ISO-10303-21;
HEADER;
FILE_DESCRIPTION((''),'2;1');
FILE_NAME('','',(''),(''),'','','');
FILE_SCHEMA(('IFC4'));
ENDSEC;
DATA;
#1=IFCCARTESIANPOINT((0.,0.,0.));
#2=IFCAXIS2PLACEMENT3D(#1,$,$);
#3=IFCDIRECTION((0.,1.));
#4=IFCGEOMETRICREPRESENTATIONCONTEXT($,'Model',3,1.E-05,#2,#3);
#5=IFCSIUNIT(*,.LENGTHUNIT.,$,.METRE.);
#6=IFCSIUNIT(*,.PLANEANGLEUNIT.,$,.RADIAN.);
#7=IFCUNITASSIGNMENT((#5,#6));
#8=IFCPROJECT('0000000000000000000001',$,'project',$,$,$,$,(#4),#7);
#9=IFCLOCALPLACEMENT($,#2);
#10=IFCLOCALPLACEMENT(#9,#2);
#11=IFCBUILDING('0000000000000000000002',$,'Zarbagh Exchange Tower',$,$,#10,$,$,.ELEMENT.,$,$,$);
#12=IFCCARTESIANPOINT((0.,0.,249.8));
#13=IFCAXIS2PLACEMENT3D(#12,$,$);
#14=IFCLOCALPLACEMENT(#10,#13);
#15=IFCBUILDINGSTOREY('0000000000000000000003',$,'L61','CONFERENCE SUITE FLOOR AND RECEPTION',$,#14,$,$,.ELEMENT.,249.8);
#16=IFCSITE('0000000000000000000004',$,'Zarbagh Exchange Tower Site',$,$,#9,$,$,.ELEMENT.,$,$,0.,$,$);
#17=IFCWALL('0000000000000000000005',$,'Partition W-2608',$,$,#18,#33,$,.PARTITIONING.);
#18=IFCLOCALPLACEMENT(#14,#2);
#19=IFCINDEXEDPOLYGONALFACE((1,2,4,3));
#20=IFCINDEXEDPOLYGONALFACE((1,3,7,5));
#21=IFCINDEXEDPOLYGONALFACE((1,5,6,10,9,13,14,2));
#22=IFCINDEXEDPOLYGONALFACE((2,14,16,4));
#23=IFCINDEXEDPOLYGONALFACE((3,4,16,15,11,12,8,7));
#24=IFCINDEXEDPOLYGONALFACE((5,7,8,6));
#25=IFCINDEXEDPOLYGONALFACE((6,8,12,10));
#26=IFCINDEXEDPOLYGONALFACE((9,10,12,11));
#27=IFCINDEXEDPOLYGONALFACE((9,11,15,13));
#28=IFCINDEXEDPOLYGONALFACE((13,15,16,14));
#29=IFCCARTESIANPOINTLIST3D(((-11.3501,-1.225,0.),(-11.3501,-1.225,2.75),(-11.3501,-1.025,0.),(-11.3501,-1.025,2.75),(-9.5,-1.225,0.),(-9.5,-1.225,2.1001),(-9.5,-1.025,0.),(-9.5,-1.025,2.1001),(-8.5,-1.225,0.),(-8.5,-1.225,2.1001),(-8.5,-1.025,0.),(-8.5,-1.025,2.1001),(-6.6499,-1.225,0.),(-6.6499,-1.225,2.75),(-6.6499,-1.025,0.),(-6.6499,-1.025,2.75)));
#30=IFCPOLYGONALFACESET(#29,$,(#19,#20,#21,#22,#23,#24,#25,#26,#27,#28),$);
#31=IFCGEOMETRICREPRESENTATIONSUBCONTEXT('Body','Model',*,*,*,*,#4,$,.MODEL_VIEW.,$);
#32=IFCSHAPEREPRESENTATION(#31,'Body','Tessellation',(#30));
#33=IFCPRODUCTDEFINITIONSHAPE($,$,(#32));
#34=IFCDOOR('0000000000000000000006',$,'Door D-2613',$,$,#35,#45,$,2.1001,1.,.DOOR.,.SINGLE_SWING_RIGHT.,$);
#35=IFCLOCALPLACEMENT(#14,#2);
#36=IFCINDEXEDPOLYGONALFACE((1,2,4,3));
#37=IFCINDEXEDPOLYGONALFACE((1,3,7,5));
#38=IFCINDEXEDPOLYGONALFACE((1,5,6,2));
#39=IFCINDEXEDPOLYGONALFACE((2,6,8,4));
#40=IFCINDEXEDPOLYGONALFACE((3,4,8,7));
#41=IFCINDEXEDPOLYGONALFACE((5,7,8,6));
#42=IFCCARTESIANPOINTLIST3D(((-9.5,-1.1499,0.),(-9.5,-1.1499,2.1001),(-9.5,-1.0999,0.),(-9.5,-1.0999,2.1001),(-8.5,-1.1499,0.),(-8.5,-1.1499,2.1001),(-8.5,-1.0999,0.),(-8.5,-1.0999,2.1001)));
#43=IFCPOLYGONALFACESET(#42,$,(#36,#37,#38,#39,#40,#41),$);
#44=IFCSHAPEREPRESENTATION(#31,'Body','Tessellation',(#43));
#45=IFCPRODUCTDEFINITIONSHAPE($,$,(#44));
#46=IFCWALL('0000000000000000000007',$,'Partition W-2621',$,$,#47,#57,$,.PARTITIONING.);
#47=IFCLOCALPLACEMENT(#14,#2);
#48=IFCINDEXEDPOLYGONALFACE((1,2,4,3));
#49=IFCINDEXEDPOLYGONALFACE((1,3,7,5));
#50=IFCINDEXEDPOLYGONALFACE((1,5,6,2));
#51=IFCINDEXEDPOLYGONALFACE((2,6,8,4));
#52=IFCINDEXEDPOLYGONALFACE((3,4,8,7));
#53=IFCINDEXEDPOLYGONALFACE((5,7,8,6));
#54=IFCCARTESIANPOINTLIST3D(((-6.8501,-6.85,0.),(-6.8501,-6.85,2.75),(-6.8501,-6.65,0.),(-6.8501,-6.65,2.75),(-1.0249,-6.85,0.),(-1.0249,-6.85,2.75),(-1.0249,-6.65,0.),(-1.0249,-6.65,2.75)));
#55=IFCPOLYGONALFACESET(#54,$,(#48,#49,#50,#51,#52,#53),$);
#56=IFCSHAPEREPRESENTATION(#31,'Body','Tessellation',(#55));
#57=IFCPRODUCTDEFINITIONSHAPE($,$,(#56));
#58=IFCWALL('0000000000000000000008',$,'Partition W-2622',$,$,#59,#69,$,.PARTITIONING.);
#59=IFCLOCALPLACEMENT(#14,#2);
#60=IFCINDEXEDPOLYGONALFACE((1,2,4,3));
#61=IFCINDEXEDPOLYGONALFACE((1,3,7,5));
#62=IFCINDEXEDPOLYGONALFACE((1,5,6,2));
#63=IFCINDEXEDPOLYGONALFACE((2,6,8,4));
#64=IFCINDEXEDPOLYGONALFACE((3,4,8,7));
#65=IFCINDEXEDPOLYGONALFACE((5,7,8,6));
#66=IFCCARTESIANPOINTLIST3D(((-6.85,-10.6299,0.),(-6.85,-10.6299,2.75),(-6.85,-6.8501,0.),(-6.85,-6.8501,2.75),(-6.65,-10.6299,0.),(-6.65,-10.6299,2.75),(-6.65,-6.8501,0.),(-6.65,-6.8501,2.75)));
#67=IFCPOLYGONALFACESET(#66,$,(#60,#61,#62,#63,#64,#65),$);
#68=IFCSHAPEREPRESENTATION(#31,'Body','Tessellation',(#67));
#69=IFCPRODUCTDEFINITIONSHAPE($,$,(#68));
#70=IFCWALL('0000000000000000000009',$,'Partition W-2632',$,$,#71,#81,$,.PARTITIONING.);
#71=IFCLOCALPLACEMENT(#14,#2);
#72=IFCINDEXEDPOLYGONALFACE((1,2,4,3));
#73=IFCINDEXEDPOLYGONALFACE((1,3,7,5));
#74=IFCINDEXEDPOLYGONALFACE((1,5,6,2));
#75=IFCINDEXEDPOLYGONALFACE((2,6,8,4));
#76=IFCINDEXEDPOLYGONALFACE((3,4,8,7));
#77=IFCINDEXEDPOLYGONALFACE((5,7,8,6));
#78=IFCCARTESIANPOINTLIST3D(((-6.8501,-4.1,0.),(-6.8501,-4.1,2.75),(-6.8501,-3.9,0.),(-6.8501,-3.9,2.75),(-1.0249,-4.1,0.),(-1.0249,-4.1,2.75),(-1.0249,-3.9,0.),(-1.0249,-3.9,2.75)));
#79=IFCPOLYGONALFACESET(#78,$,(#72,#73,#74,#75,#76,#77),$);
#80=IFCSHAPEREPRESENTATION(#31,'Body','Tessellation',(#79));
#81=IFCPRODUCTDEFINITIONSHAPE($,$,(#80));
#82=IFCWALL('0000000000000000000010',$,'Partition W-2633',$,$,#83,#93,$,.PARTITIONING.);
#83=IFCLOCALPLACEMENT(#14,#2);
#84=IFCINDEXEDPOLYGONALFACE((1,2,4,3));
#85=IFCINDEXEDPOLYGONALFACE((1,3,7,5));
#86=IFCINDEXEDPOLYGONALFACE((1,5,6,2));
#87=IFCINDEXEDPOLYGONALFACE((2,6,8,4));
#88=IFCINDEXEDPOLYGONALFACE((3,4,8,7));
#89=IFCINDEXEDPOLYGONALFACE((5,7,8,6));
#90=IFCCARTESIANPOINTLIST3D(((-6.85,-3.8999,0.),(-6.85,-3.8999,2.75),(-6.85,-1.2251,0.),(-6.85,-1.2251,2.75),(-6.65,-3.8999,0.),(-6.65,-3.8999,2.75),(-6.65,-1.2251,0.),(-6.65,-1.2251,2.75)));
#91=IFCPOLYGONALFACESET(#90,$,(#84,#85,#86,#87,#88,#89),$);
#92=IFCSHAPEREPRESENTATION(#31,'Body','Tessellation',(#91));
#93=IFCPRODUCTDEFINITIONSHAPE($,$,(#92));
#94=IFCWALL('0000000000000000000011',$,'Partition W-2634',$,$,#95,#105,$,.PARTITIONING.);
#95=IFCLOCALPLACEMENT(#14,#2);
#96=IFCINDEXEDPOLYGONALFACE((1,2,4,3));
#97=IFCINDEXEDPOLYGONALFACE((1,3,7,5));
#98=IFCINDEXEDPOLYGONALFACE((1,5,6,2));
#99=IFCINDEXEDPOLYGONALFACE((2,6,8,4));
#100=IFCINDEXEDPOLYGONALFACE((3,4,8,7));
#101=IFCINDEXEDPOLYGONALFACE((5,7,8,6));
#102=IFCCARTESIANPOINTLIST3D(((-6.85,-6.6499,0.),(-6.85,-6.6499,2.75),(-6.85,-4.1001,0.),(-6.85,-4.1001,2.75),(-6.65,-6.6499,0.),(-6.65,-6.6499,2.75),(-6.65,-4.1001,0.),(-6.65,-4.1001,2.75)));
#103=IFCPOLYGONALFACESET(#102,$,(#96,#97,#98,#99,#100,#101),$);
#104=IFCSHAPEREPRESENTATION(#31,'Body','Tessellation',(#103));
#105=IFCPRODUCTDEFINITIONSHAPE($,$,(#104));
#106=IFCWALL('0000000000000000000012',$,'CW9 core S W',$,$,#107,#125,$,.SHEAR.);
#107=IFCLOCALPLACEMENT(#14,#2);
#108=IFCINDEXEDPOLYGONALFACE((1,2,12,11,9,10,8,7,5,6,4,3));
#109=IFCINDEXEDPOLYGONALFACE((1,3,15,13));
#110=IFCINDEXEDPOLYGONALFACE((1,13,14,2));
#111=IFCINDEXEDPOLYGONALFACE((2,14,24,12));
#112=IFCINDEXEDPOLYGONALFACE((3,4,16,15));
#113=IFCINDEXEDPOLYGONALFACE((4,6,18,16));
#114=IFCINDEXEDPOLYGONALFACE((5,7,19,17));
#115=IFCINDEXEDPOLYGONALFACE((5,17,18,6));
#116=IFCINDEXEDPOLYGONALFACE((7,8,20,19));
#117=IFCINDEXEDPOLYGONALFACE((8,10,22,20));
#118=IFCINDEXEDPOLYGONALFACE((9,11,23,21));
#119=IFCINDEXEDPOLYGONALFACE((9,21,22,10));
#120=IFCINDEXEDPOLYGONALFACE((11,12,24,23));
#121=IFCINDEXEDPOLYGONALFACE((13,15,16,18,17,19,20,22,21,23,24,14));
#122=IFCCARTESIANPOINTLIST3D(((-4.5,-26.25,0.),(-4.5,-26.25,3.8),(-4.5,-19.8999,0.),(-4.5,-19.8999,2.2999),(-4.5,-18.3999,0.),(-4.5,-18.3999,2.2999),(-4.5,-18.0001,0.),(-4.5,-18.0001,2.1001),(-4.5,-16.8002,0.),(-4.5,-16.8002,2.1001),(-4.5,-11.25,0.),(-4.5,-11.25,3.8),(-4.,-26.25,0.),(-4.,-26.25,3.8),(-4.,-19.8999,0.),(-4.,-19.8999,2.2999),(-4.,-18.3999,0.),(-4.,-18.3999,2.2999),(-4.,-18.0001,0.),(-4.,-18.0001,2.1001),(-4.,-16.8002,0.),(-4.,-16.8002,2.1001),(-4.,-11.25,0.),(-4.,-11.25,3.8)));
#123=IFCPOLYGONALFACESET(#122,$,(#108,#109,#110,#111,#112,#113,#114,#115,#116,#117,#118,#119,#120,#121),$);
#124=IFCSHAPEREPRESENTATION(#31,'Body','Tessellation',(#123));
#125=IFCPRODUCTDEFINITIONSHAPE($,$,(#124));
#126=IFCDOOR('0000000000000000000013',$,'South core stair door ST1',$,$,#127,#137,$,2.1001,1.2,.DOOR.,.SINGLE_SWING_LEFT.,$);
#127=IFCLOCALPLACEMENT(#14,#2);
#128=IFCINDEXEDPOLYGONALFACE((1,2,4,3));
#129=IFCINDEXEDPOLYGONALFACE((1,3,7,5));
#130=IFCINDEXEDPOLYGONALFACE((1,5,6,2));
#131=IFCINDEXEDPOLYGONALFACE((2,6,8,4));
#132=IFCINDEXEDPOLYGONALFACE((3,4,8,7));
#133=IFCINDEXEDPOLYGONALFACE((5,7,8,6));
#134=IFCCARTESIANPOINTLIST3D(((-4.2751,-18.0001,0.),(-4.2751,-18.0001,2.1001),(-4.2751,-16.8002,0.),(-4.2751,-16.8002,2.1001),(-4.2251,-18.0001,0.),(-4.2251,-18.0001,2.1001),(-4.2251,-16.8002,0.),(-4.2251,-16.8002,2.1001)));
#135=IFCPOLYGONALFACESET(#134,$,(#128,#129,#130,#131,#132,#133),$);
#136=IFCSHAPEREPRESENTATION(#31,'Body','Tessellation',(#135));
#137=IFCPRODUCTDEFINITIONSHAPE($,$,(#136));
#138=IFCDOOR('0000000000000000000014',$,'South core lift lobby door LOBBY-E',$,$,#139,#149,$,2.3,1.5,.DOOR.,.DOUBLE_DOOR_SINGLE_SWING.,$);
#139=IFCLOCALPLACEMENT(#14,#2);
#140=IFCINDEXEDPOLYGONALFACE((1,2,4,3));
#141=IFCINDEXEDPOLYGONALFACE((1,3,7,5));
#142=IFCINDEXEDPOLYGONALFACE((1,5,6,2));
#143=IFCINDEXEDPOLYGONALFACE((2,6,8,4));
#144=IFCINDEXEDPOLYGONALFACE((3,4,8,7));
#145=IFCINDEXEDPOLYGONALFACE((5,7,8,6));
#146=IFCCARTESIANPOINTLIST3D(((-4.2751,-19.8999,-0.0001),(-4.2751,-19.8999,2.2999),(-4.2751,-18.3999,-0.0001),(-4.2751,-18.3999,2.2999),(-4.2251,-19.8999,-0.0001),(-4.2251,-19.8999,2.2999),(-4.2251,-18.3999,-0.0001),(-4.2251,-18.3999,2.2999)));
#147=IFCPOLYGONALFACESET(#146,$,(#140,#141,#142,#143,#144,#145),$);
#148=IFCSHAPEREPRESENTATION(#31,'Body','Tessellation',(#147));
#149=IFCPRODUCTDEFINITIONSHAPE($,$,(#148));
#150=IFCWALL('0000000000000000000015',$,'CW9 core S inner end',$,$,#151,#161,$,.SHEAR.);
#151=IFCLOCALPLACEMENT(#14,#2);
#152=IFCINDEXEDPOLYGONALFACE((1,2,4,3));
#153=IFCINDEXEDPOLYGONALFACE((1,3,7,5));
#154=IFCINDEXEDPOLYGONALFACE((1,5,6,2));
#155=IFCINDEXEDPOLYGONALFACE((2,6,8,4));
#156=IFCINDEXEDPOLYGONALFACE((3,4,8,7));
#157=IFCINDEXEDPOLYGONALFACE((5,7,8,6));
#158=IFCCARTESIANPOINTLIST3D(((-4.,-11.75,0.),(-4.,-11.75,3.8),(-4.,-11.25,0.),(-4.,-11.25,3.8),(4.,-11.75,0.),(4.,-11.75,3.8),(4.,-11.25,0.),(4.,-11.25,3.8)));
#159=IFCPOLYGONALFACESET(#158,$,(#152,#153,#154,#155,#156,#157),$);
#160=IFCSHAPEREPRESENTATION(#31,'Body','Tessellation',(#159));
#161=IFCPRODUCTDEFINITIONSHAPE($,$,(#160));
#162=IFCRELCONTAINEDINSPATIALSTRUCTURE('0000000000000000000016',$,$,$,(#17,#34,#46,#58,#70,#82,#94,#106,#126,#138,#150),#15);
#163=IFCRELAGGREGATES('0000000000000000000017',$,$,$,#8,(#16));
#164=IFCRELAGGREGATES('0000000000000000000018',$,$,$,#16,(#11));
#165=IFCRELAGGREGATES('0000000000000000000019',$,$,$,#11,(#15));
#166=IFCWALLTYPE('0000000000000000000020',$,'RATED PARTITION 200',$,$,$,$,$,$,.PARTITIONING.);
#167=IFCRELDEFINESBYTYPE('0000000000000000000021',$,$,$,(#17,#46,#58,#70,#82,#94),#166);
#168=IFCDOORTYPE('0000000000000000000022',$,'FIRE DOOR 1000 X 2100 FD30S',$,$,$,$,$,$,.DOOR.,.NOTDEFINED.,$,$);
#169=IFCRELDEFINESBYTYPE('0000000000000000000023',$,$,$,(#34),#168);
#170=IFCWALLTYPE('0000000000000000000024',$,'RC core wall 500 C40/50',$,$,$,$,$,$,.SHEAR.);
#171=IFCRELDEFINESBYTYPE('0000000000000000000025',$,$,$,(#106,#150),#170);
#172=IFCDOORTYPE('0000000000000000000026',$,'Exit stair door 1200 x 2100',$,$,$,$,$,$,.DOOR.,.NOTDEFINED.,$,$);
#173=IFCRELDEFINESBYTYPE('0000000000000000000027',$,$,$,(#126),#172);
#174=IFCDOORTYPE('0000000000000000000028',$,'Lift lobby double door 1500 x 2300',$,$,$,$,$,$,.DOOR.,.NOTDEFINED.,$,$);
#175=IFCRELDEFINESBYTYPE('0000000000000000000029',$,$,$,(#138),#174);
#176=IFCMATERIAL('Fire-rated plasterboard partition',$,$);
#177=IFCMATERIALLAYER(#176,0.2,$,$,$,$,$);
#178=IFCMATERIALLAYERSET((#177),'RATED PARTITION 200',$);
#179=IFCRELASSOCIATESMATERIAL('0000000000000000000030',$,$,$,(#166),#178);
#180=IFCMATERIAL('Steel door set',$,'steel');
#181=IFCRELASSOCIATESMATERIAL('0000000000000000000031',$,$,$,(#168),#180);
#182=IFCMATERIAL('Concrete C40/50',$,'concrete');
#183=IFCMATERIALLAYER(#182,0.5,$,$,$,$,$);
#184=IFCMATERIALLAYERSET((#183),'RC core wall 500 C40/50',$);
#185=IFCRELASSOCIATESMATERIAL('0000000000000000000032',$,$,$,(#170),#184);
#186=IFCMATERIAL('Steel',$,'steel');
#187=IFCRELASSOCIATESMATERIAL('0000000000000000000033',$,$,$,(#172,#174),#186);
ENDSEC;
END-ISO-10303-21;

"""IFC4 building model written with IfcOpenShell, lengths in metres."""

from ifc_helpers import new_model, si_unit, direction, frame, frame_2d, origin, place, context, subcontext, project, spatial, rectangle, extrude, material, layer, layer_set, type_object, element, fill, save


model = new_model("IFC4")

# Units and contexts
model_context = context("Model", 3, precision=1e-05, world=origin(), true_north=direction((0.0, 1.0)))
body_context = subcontext(model_context, "Body", "Model", "MODEL_VIEW")
ifc_project = project(units=[si_unit("LENGTHUNIT", "METRE"), si_unit("PLANEANGLEUNIT", "RADIAN")], contexts=[model_context])

# Site, building, storey
site_placement = place(None, origin())
site = spatial("IfcSite", under=ifc_project, at=site_placement, Name="Zarbagh Exchange Tower Site", CompositionType="ELEMENT", RefElevation=0.0)
building_placement = place(site_placement, origin())
building = spatial("IfcBuilding", under=site, at=building_placement, Name="Zarbagh Exchange Tower", CompositionType="ELEMENT")
storey_placement = place(building_placement, frame((0.0, 0.0, 249.8)))
storey = spatial("IfcBuildingStorey", under=building, at=storey_placement, Name="L61", Description="CONFERENCE SUITE FLOOR AND RECEPTION", CompositionType="ELEMENT", Elevation=249.8)

# Shared definitions
ifc_material_1 = material(Name="Concrete C40/50", Category="concrete")

# Wall, opening, door
ifc_material_2 = material(Name="Fire-rated plasterboard partition")
ifc_layer_1 = layer(ifc_material_2, 0.2)
ifc_layer_set_1 = layer_set([ifc_layer_1], Name="RATED PARTITION 200")
wall_type_1 = type_object("IfcWallType", Name="RATED PARTITION 200", PredefinedType="PARTITIONING", material=ifc_layer_set_1)
wall_1_placement = place(storey_placement, frame((-6.6499, -1.125, 0.0), z_axis=(0.0, 0.0, 1.0), x_axis=(-1.0, 0.0, 0.0)))
wall_1 = element("IfcWall", 1, at=wall_1_placement, inside=storey, type_object=wall_type_1, Name="Partition W-2608", PredefinedType="PARTITIONING", context=body_context, shape_type="SweptSolid", body=[
    extrude(rectangle(XDim=4.7002, YDim=0.2, at=frame_2d((2.3501, 0.0))), origin(), (0.0, 0.0, 1.0), 2.75),
])
opening_1_placement = place(wall_1_placement, frame((1.8501, 0.0, 0.0)))
opening_1 = element("IfcOpeningElement", 2, at=opening_1_placement, cuts=wall_1, PredefinedType="OPENING", context=body_context, shape_type="SweptSolid", body=[
    extrude(rectangle(XDim=1.0, YDim=2.1001, at=frame_2d((0.5, 1.05))), frame((0.0, 0.1099, 0.0), z_axis=(0.0, -1.0, 0.0), x_axis=(1.0, 0.0, 0.0)), (0.0, 0.0, 1.0), 0.22),
])
ifc_material_3 = material(Name="Steel door set", Category="steel")
door_type_1 = type_object("IfcDoorType", Name="FIRE DOOR 1000 X 2100 FD30S", OperationType="NOTDEFINED", PredefinedType="DOOR", material=ifc_material_3)
door_1_placement = place(opening_1_placement, origin())
door_1 = element("IfcDoor", 3, at=door_1_placement, inside=storey, type_object=door_type_1, Name="Door D-2613", OperationType="SINGLE_SWING_RIGHT", OverallHeight=2.1001, OverallWidth=1.0, PredefinedType="DOOR", context=body_context, shape_type="SweptSolid", body=[
    extrude(rectangle(XDim=1.0, YDim=2.1001, at=frame_2d((0.5, 1.05))), frame((0.0, 0.0249, 0.0), z_axis=(0.0, -1.0, 0.0), x_axis=(1.0, 0.0, 0.0)), (0.0, 0.0, 1.0), 0.05),
])
fill(opening_1, door_1)

# Walls
wall_2_placement = place(storey_placement, frame((-6.8501, -6.75, 0.0), z_axis=(0.0, 0.0, 1.0), x_axis=(1.0, 0.0, 0.0)))
element("IfcWall", 4, at=wall_2_placement, inside=storey, type_object=wall_type_1, Name="Partition W-2621", PredefinedType="PARTITIONING", context=body_context, shape_type="SweptSolid", body=[
    extrude(rectangle(XDim=5.8252, YDim=0.2, at=frame_2d((2.9126, 0.0))), origin(), (0.0, 0.0, 1.0), 2.75),
])
wall_3_placement = place(storey_placement, frame((-6.75, -10.6299, 0.0), z_axis=(0.0, 0.0, 1.0), x_axis=(0.0, 1.0, 0.0)))
element("IfcWall", 5, at=wall_3_placement, inside=storey, type_object=wall_type_1, Name="Partition W-2622", PredefinedType="PARTITIONING", context=body_context, shape_type="SweptSolid", body=[
    extrude(rectangle(XDim=3.7798, YDim=0.2, at=frame_2d((1.8899, 0.0))), origin(), (0.0, 0.0, 1.0), 2.75),
])
wall_4_placement = place(storey_placement, frame((-6.8501, -4.0, 0.0), z_axis=(0.0, 0.0, 1.0), x_axis=(1.0, 0.0, 0.0)))
element("IfcWall", 6, at=wall_4_placement, inside=storey, type_object=wall_type_1, Name="Partition W-2632", PredefinedType="PARTITIONING", context=body_context, shape_type="SweptSolid", body=[
    extrude(rectangle(XDim=5.8252, YDim=0.2, at=frame_2d((2.9126, 0.0))), origin(), (0.0, 0.0, 1.0), 2.75),
])
wall_5_placement = place(storey_placement, frame((-6.75, -3.8999, 0.0), z_axis=(0.0, 0.0, 1.0), x_axis=(0.0, 1.0, 0.0)))
element("IfcWall", 7, at=wall_5_placement, inside=storey, type_object=wall_type_1, Name="Partition W-2633", PredefinedType="PARTITIONING", context=body_context, shape_type="SweptSolid", body=[
    extrude(rectangle(XDim=2.6748, YDim=0.2, at=frame_2d((1.3374, 0.0))), origin(), (0.0, 0.0, 1.0), 2.75),
])
wall_6_placement = place(storey_placement, frame((-6.75, -6.6499, 0.0), z_axis=(0.0, 0.0, 1.0), x_axis=(0.0, 1.0, 0.0)))
element("IfcWall", 8, at=wall_6_placement, inside=storey, type_object=wall_type_1, Name="Partition W-2634", PredefinedType="PARTITIONING", context=body_context, shape_type="SweptSolid", body=[
    extrude(rectangle(XDim=2.5498, YDim=0.2, at=frame_2d((1.2749, 0.0))), origin(), (0.0, 0.0, 1.0), 2.75),
])

# Wall, openings, doors
ifc_layer_2 = layer(ifc_material_1, 0.5)
ifc_layer_set_2 = layer_set([ifc_layer_2], Name="RC core wall 500 C40/50")
wall_type_2 = type_object("IfcWallType", Name="RC core wall 500 C40/50", PredefinedType="SHEAR", material=ifc_layer_set_2)
wall_7_placement = place(storey_placement, frame((-4.25, -11.25, 0.0), z_axis=(0.0, 0.0, 1.0), x_axis=(0.0, -1.0, 0.0)))
wall_7 = element("IfcWall", 9, at=wall_7_placement, inside=storey, type_object=wall_type_2, Name="CW9 core S W", PredefinedType="SHEAR", context=body_context, shape_type="SweptSolid", body=[
    extrude(rectangle(XDim=15.0, YDim=0.5, at=frame_2d((7.5, 0.0))), origin(), (0.0, 0.0, 1.0), 3.8),
])
opening_2_placement = place(wall_7_placement, frame((7.1499, 0.0, 0.0)))
opening_2 = element("IfcOpeningElement", 10, at=opening_2_placement, cuts=wall_7, PredefinedType="OPENING", context=body_context, shape_type="SweptSolid", body=[
    extrude(rectangle(XDim=1.5, YDim=2.3, at=frame_2d((0.75, 1.1499))), frame((0.0, 0.26, 0.0), z_axis=(0.0, -1.0, 0.0), x_axis=(1.0, 0.0, 0.0)), (0.0, 0.0, 1.0), 0.52),
])
opening_3_placement = place(wall_7_placement, frame((5.55, 0.0, 0.0)))
opening_3 = element("IfcOpeningElement", 11, at=opening_3_placement, cuts=wall_7, PredefinedType="OPENING", context=body_context, shape_type="SweptSolid", body=[
    extrude(rectangle(XDim=1.2, YDim=2.1001, at=frame_2d((0.6001, 1.05))), frame((0.0, 0.26, 0.0), z_axis=(0.0, -1.0, 0.0), x_axis=(1.0, 0.0, 0.0)), (0.0, 0.0, 1.0), 0.52),
])
ifc_material_4 = material(Name="Steel", Category="steel")
door_type_2 = type_object("IfcDoorType", Name="Exit stair door 1200 x 2100", OperationType="NOTDEFINED", PredefinedType="DOOR", material=ifc_material_4)
door_2_placement = place(opening_3_placement, origin())
door_2 = element("IfcDoor", 12, at=door_2_placement, inside=storey, type_object=door_type_2, Name="South core stair door ST1", OperationType="SINGLE_SWING_LEFT", OverallHeight=2.1001, OverallWidth=1.2, PredefinedType="DOOR", context=body_context, shape_type="SweptSolid", body=[
    extrude(rectangle(XDim=1.2, YDim=2.1001, at=frame_2d((0.6001, 1.05))), frame((0.0, 0.0249, 0.0), z_axis=(0.0, -1.0, 0.0), x_axis=(1.0, 0.0, 0.0)), (0.0, 0.0, 1.0), 0.05),
])
fill(opening_3, door_2)
door_type_3 = type_object("IfcDoorType", Name="Lift lobby double door 1500 x 2300", OperationType="NOTDEFINED", PredefinedType="DOOR", material=ifc_material_4)
door_3_placement = place(opening_2_placement, origin())
door_3 = element("IfcDoor", 13, at=door_3_placement, inside=storey, type_object=door_type_3, Name="South core lift lobby door LOBBY-E", OperationType="DOUBLE_DOOR_SINGLE_SWING", OverallHeight=2.3, OverallWidth=1.5, PredefinedType="DOOR", context=body_context, shape_type="SweptSolid", body=[
    extrude(rectangle(XDim=1.5, YDim=2.3, at=frame_2d((0.75, 1.1499))), frame((0.0, 0.0249, 0.0), z_axis=(0.0, -1.0, 0.0), x_axis=(1.0, 0.0, 0.0)), (0.0, 0.0, 1.0), 0.05),
])
fill(opening_2, door_3)

# Wall
wall_8_placement = place(storey_placement, frame((-4.0, -11.5, 0.0), z_axis=(0.0, 0.0, 1.0), x_axis=(1.0, 0.0, 0.0)))
element("IfcWall", 14, at=wall_8_placement, inside=storey, type_object=wall_type_2, Name="CW9 core S inner end", PredefinedType="SHEAR", context=body_context, shape_type="SweptSolid", body=[
    extrude(rectangle(XDim=8.0, YDim=0.5, at=frame_2d((4.0, 0.0))), origin(), (0.0, 0.0, 1.0), 3.8),
])

save(model, "model.ifc")
